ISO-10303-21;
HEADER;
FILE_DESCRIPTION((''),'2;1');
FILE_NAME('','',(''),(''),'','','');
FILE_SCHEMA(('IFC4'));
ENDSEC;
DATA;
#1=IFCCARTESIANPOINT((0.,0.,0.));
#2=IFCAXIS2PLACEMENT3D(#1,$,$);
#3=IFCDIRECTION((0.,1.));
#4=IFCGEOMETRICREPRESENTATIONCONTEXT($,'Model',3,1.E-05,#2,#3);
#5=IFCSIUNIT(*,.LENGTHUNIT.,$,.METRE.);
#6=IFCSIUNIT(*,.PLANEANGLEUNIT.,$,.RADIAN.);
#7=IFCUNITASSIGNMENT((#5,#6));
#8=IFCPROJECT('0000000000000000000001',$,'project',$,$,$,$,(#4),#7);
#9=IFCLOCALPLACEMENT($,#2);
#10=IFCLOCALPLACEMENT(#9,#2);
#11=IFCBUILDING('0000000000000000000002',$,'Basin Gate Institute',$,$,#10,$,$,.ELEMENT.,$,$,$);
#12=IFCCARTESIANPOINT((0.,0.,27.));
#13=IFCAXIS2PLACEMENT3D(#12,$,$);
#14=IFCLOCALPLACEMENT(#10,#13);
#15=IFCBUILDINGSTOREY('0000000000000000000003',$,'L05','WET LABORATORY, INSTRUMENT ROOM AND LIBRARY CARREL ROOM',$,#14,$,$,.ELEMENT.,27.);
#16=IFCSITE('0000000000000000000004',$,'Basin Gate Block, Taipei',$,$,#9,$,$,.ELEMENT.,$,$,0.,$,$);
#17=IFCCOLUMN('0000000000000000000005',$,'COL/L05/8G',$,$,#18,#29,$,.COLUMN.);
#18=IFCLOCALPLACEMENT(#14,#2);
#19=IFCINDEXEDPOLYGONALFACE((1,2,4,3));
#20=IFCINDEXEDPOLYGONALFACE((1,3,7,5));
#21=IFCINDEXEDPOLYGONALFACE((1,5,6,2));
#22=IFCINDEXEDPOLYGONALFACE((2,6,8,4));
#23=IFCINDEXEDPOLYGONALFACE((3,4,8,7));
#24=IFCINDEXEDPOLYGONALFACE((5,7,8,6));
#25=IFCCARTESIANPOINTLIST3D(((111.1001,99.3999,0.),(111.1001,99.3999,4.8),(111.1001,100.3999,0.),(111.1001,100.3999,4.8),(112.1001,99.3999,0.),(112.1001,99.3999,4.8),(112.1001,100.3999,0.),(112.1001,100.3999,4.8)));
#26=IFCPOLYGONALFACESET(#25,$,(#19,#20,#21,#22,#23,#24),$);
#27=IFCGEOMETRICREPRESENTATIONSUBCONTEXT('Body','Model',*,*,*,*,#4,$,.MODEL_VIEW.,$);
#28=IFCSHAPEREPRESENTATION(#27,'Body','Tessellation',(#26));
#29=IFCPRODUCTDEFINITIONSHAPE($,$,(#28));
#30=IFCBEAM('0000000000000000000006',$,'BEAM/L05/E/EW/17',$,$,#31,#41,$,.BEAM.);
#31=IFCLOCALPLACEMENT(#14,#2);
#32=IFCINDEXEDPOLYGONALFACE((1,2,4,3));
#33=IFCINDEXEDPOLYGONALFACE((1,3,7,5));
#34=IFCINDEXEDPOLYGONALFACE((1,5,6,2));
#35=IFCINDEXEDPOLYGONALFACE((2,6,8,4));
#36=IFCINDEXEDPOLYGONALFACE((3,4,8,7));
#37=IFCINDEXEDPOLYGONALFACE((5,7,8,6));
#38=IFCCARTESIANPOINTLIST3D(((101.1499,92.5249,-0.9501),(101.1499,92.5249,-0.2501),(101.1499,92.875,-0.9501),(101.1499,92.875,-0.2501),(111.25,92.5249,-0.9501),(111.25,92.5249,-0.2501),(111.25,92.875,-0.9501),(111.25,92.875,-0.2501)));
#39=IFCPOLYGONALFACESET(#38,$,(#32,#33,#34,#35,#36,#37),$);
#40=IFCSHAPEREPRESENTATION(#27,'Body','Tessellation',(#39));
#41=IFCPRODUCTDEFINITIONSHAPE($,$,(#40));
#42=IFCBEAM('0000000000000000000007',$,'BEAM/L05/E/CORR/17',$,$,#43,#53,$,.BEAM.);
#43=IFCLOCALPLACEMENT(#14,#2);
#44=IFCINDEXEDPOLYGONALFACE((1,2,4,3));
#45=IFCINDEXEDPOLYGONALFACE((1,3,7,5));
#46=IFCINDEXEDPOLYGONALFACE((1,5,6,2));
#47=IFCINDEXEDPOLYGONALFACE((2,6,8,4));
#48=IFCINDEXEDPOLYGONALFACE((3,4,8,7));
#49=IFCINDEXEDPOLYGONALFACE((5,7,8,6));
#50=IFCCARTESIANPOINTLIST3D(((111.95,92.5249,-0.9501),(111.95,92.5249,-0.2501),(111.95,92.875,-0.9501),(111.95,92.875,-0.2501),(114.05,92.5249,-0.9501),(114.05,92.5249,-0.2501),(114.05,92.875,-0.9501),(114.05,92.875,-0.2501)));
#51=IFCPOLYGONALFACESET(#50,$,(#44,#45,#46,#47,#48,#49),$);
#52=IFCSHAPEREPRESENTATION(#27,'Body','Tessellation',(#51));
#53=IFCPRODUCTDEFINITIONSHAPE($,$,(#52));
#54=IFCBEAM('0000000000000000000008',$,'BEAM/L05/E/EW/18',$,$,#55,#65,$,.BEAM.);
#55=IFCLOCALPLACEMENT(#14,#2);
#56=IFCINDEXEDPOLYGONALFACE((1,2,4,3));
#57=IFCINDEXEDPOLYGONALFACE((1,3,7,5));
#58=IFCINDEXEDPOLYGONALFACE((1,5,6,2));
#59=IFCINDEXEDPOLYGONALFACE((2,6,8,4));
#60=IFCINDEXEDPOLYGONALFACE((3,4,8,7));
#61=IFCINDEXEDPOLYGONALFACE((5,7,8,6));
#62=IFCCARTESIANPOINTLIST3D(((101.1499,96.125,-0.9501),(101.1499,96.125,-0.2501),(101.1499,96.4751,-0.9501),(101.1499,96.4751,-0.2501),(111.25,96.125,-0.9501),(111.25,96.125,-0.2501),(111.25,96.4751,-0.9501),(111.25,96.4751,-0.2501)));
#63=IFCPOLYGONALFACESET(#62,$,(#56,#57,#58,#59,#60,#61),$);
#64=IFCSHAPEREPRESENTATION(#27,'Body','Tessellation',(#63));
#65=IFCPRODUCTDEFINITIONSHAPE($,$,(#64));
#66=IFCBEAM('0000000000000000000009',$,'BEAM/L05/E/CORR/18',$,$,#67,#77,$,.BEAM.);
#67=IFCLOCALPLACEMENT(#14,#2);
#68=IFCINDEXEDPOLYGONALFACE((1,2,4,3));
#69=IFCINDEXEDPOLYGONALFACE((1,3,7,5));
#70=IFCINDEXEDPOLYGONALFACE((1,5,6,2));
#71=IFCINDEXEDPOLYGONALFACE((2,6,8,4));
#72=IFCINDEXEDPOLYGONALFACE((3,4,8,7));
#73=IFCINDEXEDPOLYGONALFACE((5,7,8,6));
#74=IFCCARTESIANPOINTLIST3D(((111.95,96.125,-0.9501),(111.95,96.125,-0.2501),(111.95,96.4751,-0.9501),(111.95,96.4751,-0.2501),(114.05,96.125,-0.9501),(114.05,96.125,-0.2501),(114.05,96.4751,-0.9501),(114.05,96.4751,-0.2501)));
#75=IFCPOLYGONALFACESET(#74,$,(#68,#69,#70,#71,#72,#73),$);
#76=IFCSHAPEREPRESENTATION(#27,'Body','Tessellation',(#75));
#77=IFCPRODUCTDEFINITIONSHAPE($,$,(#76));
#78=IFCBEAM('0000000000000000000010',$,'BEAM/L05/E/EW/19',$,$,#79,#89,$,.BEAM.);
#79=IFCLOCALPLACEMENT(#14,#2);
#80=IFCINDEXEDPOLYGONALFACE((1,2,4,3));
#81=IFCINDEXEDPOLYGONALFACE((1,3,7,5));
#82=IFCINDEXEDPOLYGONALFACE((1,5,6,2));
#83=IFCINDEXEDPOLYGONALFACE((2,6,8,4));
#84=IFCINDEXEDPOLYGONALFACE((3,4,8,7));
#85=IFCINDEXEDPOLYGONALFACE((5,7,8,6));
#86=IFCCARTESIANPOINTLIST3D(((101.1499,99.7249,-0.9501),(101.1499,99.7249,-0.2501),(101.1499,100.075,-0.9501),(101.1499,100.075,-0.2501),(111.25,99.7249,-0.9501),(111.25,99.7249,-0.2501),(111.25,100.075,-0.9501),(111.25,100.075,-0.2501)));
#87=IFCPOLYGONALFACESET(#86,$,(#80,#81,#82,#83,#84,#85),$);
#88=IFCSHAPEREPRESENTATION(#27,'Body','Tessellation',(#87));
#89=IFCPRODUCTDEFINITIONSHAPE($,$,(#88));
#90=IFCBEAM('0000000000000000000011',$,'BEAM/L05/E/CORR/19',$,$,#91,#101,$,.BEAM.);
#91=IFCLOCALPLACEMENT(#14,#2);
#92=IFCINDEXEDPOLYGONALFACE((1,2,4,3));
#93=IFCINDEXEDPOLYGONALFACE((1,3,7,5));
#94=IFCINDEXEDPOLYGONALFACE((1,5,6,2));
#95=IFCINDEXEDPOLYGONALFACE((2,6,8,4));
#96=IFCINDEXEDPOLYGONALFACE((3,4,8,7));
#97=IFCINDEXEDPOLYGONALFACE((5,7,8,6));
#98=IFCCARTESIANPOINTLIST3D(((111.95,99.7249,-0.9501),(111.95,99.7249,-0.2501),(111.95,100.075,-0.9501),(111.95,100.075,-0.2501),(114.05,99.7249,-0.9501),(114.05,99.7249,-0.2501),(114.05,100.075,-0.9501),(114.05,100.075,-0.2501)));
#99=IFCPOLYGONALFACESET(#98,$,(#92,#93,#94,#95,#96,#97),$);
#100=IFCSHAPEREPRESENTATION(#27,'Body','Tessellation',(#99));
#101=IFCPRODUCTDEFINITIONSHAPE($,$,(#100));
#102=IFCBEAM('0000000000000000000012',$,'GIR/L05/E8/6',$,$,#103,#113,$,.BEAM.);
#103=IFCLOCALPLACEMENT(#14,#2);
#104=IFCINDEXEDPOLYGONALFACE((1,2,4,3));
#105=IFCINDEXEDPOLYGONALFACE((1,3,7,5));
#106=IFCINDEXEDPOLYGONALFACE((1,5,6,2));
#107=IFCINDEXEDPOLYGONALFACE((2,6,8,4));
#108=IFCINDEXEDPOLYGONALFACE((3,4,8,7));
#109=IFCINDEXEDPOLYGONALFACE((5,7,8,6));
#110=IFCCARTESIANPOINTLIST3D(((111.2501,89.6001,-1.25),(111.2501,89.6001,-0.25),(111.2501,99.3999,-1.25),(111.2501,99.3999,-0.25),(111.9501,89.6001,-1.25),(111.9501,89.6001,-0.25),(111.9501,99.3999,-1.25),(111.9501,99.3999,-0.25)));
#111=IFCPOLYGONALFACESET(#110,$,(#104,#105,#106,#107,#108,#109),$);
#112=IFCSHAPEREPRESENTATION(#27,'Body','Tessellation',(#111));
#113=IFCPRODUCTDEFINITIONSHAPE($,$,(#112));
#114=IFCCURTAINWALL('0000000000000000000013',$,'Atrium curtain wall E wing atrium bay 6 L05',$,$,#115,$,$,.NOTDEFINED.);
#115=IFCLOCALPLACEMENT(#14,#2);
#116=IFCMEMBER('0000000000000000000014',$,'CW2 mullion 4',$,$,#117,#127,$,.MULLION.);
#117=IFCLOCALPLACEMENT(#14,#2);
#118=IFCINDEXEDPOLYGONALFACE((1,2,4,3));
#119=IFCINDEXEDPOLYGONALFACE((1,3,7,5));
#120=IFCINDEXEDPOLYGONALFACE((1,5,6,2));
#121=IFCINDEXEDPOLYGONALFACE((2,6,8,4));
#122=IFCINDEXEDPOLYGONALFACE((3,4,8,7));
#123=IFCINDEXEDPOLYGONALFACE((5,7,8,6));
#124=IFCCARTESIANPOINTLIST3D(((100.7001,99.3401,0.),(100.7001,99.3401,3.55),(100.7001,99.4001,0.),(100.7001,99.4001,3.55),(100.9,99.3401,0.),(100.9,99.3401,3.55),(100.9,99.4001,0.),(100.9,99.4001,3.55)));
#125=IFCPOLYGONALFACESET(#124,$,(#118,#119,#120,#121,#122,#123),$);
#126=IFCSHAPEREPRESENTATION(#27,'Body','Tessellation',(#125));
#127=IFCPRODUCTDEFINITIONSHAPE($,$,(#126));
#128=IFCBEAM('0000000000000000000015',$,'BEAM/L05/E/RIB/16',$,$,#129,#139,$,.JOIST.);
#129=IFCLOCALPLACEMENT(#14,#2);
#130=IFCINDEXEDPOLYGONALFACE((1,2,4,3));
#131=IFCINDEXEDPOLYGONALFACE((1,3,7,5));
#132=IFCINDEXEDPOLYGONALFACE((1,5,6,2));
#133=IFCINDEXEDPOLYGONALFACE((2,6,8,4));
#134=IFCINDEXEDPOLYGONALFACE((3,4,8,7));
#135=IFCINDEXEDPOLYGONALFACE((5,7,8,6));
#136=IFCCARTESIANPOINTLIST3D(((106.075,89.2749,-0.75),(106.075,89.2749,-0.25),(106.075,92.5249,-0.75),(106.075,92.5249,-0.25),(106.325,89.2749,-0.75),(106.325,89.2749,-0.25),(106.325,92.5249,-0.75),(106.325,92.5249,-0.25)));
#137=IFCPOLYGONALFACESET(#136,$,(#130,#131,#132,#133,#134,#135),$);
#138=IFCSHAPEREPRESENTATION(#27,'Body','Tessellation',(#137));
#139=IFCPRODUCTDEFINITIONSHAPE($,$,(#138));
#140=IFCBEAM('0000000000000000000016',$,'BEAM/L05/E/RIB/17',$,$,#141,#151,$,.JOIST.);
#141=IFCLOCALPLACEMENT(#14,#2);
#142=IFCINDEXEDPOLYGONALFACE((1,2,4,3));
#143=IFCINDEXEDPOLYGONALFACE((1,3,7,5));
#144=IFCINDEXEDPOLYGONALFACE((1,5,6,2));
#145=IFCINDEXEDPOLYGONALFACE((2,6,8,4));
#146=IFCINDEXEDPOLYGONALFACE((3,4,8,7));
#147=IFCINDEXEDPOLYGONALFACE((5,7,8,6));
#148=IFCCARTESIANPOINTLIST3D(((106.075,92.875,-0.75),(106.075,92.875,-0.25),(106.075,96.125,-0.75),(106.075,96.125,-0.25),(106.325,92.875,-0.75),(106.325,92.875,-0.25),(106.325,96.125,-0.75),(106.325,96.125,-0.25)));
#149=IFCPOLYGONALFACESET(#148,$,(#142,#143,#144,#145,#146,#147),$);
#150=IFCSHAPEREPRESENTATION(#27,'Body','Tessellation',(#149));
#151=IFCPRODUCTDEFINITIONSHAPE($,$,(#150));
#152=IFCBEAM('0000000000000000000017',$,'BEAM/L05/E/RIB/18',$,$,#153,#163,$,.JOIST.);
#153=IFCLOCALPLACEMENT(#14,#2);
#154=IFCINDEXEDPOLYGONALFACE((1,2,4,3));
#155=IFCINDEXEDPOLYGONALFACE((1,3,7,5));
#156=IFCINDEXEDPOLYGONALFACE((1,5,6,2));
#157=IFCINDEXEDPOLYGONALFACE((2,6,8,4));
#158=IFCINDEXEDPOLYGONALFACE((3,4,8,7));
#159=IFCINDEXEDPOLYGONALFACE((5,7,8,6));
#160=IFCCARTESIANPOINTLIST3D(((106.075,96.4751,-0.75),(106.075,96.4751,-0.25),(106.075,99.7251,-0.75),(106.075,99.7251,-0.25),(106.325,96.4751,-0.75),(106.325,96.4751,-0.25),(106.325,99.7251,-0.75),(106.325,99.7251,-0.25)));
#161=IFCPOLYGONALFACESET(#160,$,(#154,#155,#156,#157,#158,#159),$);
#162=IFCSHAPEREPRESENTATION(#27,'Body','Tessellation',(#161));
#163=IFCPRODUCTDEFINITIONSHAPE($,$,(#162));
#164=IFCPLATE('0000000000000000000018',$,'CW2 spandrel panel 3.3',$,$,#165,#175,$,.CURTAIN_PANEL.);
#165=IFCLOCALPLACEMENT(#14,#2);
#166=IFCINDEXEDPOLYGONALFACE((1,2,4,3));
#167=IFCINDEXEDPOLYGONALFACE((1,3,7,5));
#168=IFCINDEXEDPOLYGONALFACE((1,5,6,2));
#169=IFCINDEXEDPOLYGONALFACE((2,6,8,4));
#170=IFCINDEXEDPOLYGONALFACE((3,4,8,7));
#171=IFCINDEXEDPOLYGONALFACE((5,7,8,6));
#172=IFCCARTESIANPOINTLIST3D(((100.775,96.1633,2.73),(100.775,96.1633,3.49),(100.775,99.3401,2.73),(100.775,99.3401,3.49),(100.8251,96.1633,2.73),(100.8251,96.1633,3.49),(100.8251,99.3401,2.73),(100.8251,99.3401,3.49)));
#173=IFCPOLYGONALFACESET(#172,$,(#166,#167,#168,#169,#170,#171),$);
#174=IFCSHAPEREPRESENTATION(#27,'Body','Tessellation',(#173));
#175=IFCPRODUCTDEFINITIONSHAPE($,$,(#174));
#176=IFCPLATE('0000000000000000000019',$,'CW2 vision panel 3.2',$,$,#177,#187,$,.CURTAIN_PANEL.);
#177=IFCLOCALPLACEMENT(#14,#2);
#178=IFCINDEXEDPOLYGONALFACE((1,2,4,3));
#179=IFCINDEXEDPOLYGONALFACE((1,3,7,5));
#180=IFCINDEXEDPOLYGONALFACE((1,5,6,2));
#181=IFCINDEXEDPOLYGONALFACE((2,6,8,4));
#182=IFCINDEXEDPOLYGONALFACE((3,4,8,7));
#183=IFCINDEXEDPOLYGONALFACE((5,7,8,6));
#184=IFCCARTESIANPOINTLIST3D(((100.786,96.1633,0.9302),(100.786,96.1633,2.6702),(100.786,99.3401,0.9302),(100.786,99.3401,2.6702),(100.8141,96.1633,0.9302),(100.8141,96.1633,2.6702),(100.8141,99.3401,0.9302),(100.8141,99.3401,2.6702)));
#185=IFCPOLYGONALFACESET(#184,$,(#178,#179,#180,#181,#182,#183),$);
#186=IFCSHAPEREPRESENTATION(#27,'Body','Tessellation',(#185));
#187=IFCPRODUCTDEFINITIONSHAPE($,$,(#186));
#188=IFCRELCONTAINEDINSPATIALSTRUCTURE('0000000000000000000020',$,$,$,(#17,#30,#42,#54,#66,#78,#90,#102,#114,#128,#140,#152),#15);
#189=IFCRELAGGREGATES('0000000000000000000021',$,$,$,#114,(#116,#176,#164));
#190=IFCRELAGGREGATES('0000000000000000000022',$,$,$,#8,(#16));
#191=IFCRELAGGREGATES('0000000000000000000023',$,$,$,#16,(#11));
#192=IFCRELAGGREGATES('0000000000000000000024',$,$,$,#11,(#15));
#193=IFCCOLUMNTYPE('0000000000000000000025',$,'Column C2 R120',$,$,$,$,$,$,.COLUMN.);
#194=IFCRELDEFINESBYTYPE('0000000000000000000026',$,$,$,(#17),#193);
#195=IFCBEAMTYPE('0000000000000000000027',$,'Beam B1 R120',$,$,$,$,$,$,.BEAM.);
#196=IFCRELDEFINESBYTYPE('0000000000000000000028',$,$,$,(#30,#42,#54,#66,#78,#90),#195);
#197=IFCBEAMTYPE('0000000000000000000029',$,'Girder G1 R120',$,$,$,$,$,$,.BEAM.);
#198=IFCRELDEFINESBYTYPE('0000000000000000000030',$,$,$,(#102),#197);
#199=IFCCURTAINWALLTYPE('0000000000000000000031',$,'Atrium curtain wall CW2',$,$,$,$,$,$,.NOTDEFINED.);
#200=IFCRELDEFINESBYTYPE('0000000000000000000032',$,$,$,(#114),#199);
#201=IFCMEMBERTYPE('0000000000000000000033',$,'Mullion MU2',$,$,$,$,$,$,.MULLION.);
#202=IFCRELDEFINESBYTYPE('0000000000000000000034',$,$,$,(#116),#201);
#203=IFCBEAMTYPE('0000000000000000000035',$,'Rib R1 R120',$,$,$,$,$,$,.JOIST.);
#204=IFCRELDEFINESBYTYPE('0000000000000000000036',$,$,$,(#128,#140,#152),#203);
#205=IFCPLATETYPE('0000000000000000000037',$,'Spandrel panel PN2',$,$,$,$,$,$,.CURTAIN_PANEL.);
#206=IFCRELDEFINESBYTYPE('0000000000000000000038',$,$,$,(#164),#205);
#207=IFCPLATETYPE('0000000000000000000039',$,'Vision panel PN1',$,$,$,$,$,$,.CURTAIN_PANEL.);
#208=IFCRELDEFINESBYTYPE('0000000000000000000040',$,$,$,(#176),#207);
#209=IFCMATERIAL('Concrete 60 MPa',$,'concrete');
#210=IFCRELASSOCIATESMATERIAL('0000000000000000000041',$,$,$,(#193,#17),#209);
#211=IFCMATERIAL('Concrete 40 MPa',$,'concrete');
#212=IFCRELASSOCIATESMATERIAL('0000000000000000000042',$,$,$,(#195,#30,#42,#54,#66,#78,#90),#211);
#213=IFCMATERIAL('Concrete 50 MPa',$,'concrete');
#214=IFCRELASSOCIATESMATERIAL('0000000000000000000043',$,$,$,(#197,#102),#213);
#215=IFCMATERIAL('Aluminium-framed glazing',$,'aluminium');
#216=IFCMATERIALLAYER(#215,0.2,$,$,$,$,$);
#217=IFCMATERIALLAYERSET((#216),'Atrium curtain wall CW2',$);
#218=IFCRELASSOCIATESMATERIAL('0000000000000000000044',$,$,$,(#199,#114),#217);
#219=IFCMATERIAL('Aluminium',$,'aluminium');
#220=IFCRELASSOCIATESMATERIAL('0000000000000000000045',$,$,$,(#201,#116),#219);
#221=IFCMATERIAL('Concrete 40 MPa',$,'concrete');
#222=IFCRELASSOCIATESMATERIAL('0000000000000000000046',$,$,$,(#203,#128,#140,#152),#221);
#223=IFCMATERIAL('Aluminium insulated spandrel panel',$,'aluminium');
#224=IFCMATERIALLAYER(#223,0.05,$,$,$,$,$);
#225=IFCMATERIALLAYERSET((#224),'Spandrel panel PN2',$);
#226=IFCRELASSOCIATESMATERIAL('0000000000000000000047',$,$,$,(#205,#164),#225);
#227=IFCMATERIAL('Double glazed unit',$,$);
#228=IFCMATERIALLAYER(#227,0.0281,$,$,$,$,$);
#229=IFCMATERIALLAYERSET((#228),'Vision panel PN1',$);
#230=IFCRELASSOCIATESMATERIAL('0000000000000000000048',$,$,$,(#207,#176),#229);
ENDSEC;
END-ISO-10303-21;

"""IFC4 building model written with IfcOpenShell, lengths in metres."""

from ifc_helpers import new_model, si_unit, direction, frame, origin, origin_2d, place, context, subcontext, project, spatial, rectangle, extrude, material, layer, layer_set, material_profile, profile_set, type_object, element, aggregate, save


model = new_model("IFC4")

# Units and contexts
model_context = context("Model", 3, precision=1e-05, world=origin(), true_north=direction((0.0, 1.0)))
body_context = subcontext(model_context, "Body", "Model", "MODEL_VIEW")
ifc_project = project(units=[si_unit("LENGTHUNIT", "METRE"), si_unit("PLANEANGLEUNIT", "RADIAN")], contexts=[model_context])

# Site, building, storey
site_placement = place(None, origin())
site = spatial("IfcSite", under=ifc_project, at=site_placement, Name="Basin Gate Block, Taipei", CompositionType="ELEMENT", RefElevation=0.0)
building_placement = place(site_placement, origin())
building = spatial("IfcBuilding", under=site, at=building_placement, Name="Basin Gate Institute", CompositionType="ELEMENT")
storey_placement = place(building_placement, frame((0.0, 0.0, 27.0)))
storey = spatial("IfcBuildingStorey", under=building, at=storey_placement, Name="L05", Description="WET LABORATORY, INSTRUMENT ROOM AND LIBRARY CARREL ROOM", CompositionType="ELEMENT", Elevation=27.0)

# Column
ifc_material_1 = material(Name="Concrete 60 MPa", Category="concrete")
ifc_material_profile_1 = material_profile(ifc_material_1, rectangle(XDim=1.0, YDim=1.0, at=origin_2d()), Name="Column C2 1000 x 1000")
ifc_profile_set_1 = profile_set([ifc_material_profile_1], Name="Concrete 60 MPa")
column_type = type_object("IfcColumnType", Name="Column C2 R120", PredefinedType="COLUMN", material=ifc_profile_set_1)
column_placement = place(storey_placement, frame((111.6001, 99.8999, 0.0), z_axis=(0.0, 0.0, 1.0), x_axis=(1.0, 0.0, 0.0)))
element("IfcColumn", 1, at=column_placement, inside=storey, type_object=column_type, material=ifc_profile_set_1, Name="COL/L05/8G", PredefinedType="COLUMN", context=body_context, shape_type="SweptSolid", body=[
    extrude(rectangle(XDim=1.0, YDim=1.0, at=origin_2d()), origin(), (0.0, 0.0, 1.0), 4.8),
])

# Beams
ifc_material_2 = material(Name="Concrete 40 MPa", Category="concrete")
ifc_material_profile_2 = material_profile(ifc_material_2, rectangle(XDim=0.3501, YDim=0.7, at=origin_2d()), Name="Beam B1 350 x 700")
ifc_profile_set_2 = profile_set([ifc_material_profile_2], Name="Concrete 40 MPa")
beam_type_1 = type_object("IfcBeamType", Name="Beam B1 R120", PredefinedType="BEAM", material=ifc_profile_set_2)
beam_1_placement = place(storey_placement, frame((111.25, 92.7, -0.6001), z_axis=(-1.0, 0.0, 0.0), x_axis=(0.0, -1.0, 0.0)))
element("IfcBeam", 2, at=beam_1_placement, inside=storey, type_object=beam_type_1, material=ifc_profile_set_2, Name="BEAM/L05/E/EW/17", PredefinedType="BEAM", context=body_context, shape_type="SweptSolid", body=[
    extrude(rectangle(XDim=0.3501, YDim=0.7, at=origin_2d()), origin(), (0.0, 0.0, 1.0), 10.1001),
])
beam_2_placement = place(storey_placement, frame((114.05, 92.7, -0.6001), z_axis=(-1.0, 0.0, 0.0), x_axis=(0.0, -1.0, 0.0)))
element("IfcBeam", 3, at=beam_2_placement, inside=storey, type_object=beam_type_1, material=ifc_profile_set_2, Name="BEAM/L05/E/CORR/17", PredefinedType="BEAM", context=body_context, shape_type="SweptSolid", body=[
    extrude(rectangle(XDim=0.3501, YDim=0.7, at=origin_2d()), origin(), (0.0, 0.0, 1.0), 2.1001),
])
beam_3_placement = place(storey_placement, frame((111.25, 96.3, -0.6001), z_axis=(-1.0, 0.0, 0.0), x_axis=(0.0, -1.0, 0.0)))
element("IfcBeam", 4, at=beam_3_placement, inside=storey, type_object=beam_type_1, material=ifc_profile_set_2, Name="BEAM/L05/E/EW/18", PredefinedType="BEAM", context=body_context, shape_type="SweptSolid", body=[
    extrude(rectangle(XDim=0.3501, YDim=0.7, at=origin_2d()), origin(), (0.0, 0.0, 1.0), 10.1001),
])
beam_4_placement = place(storey_placement, frame((114.05, 96.3, -0.6001), z_axis=(-1.0, 0.0, 0.0), x_axis=(0.0, -1.0, 0.0)))
element("IfcBeam", 5, at=beam_4_placement, inside=storey, type_object=beam_type_1, material=ifc_profile_set_2, Name="BEAM/L05/E/CORR/18", PredefinedType="BEAM", context=body_context, shape_type="SweptSolid", body=[
    extrude(rectangle(XDim=0.3501, YDim=0.7, at=origin_2d()), origin(), (0.0, 0.0, 1.0), 2.1001),
])
beam_5_placement = place(storey_placement, frame((111.25, 99.8999, -0.6001), z_axis=(-1.0, 0.0, 0.0), x_axis=(0.0, -1.0, 0.0)))
element("IfcBeam", 6, at=beam_5_placement, inside=storey, type_object=beam_type_1, material=ifc_profile_set_2, Name="BEAM/L05/E/EW/19", PredefinedType="BEAM", context=body_context, shape_type="SweptSolid", body=[
    extrude(rectangle(XDim=0.3501, YDim=0.7, at=origin_2d()), origin(), (0.0, 0.0, 1.0), 10.1001),
])
beam_6_placement = place(storey_placement, frame((114.05, 99.8999, -0.6001), z_axis=(-1.0, 0.0, 0.0), x_axis=(0.0, -1.0, 0.0)))
element("IfcBeam", 7, at=beam_6_placement, inside=storey, type_object=beam_type_1, material=ifc_profile_set_2, Name="BEAM/L05/E/CORR/19", PredefinedType="BEAM", context=body_context, shape_type="SweptSolid", body=[
    extrude(rectangle(XDim=0.3501, YDim=0.7, at=origin_2d()), origin(), (0.0, 0.0, 1.0), 2.1001),
])
ifc_material_3 = material(Name="Concrete 50 MPa", Category="concrete")
ifc_material_profile_3 = material_profile(ifc_material_3, rectangle(XDim=0.7, YDim=1.0, at=origin_2d()), Name="Girder G1 700 x 1000")
ifc_profile_set_3 = profile_set([ifc_material_profile_3], Name="Concrete 50 MPa")
beam_type_2 = type_object("IfcBeamType", Name="Girder G1 R120", PredefinedType="BEAM", material=ifc_profile_set_3)
beam_7_placement = place(storey_placement, frame((111.6001, 89.6001, -0.75), z_axis=(0.0, 1.0, 0.0), x_axis=(-1.0, 0.0, 0.0)))
element("IfcBeam", 8, at=beam_7_placement, inside=storey, type_object=beam_type_2, material=ifc_profile_set_3, Name="GIR/L05/E8/6", PredefinedType="BEAM", context=body_context, shape_type="SweptSolid", body=[
    extrude(rectangle(XDim=0.7, YDim=1.0, at=origin_2d()), origin(), (0.0, 0.0, 1.0), 9.7998),
])

# Curtain wall, member
ifc_material_4 = material(Name="Aluminium-framed glazing", Category="aluminium")
ifc_layer_1 = layer(ifc_material_4, 0.2)
ifc_layer_set_1 = layer_set([ifc_layer_1], Name="Atrium curtain wall CW2")
curtain_wall_type = type_object("IfcCurtainWallType", Name="Atrium curtain wall CW2", PredefinedType="NOTDEFINED", material=ifc_layer_set_1)
curtain_wall_placement = place(storey_placement, origin())
curtain_wall = element("IfcCurtainWall", 9, at=curtain_wall_placement, inside=storey, type_object=curtain_wall_type, material=ifc_layer_set_1, Name="Atrium curtain wall E wing atrium bay 6 L05", PredefinedType="NOTDEFINED")
ifc_material_5 = material(Name="Aluminium", Category="aluminium")
ifc_material_profile_4 = material_profile(ifc_material_5, rectangle(XDim=0.2, YDim=0.0601, at=origin_2d()), Name="Mullion MU2 200 x 60")
ifc_profile_set_4 = profile_set([ifc_material_profile_4], Name="Aluminium")
member_type = type_object("IfcMemberType", Name="Mullion MU2", PredefinedType="MULLION", material=ifc_profile_set_4)
member_placement = place(storey_placement, frame((100.8, 99.3701, 0.0), z_axis=(0.0, 0.0, 1.0), x_axis=(-1.0, 0.0, 0.0)))
member = element("IfcMember", 10, at=member_placement, type_object=member_type, material=ifc_profile_set_4, Name="CW2 mullion 4", PredefinedType="MULLION", context=body_context, shape_type="SweptSolid", body=[
    extrude(rectangle(XDim=0.2, YDim=0.0601, at=origin_2d()), origin(), (0.0, 0.0, 1.0), 3.55),
])

# Beams
ifc_material_6 = material(Name="Concrete 40 MPa", Category="concrete")
ifc_material_profile_5 = material_profile(ifc_material_6, rectangle(XDim=0.25, YDim=0.5, at=origin_2d()), Name="Rib R1 250 x 500")
ifc_profile_set_5 = profile_set([ifc_material_profile_5], Name="Concrete 40 MPa")
beam_type_3 = type_object("IfcBeamType", Name="Rib R1 R120", PredefinedType="JOIST", material=ifc_profile_set_5)
for number, where, z_axis, x_axis, name in (
    (11, (106.2, 89.2749, -0.5), (0.0, 1.0, 0.0), (-1.0, 0.0, 0.0), "BEAM/L05/E/RIB/16"),
    (12, (106.2, 92.875, -0.5), (0.0, 1.0, 0.0), (-1.0, 0.0, 0.0), "BEAM/L05/E/RIB/17"),
    (13, (106.2, 96.4751, -0.5), (0.0, 1.0, 0.0), (-1.0, 0.0, 0.0), "BEAM/L05/E/RIB/18"),
):
    element("IfcBeam", number, at=place(storey_placement, frame(where, z_axis=z_axis, x_axis=x_axis)), inside=storey, type_object=beam_type_3, material=ifc_profile_set_5, Name=name, PredefinedType="JOIST", context=body_context, shape_type="SweptSolid", body=[
        extrude(rectangle(XDim=0.25, YDim=0.5, at=origin_2d()), origin(), (0.0, 0.0, 1.0), 3.25),
    ])

# Plates
ifc_material_7 = material(Name="Aluminium insulated spandrel panel", Category="aluminium")
ifc_layer_2 = layer(ifc_material_7, 0.05)
ifc_layer_set_2 = layer_set([ifc_layer_2], Name="Spandrel panel PN2")
plate_type_1 = type_object("IfcPlateType", Name="Spandrel panel PN2", PredefinedType="CURTAIN_PANEL", material=ifc_layer_set_2)
plate_1_placement = place(storey_placement, frame((100.8, 97.7517, 2.73), z_axis=(0.0, 0.0, 1.0), x_axis=(0.0, 1.0, 0.0)))
plate_1 = element("IfcPlate", 14, at=plate_1_placement, type_object=plate_type_1, material=ifc_layer_set_2, Name="CW2 spandrel panel 3.3", PredefinedType="CURTAIN_PANEL", context=body_context, shape_type="SweptSolid", body=[
    extrude(rectangle(XDim=3.1768, YDim=0.05, at=origin_2d()), origin(), (0.0, 0.0, 1.0), 0.76),
])
ifc_material_8 = material(Name="Double glazed unit")
ifc_layer_3 = layer(ifc_material_8, 0.0281)
ifc_layer_set_3 = layer_set([ifc_layer_3], Name="Vision panel PN1")
plate_type_2 = type_object("IfcPlateType", Name="Vision panel PN1", PredefinedType="CURTAIN_PANEL", material=ifc_layer_set_3)
plate_2_placement = place(storey_placement, frame((100.8, 97.7517, 0.9302), z_axis=(0.0, 0.0, 1.0), x_axis=(0.0, 1.0, 0.0)))
plate_2 = element("IfcPlate", 15, at=plate_2_placement, type_object=plate_type_2, material=ifc_layer_set_3, Name="CW2 vision panel 3.2", PredefinedType="CURTAIN_PANEL", context=body_context, shape_type="SweptSolid", body=[
    extrude(rectangle(XDim=3.1768, YDim=0.0281, at=origin_2d()), origin(), (0.0, 0.0, 1.0), 1.74),
])
aggregate(curtain_wall, [member, plate_2, plate_1])

save(model, "model.ifc")
